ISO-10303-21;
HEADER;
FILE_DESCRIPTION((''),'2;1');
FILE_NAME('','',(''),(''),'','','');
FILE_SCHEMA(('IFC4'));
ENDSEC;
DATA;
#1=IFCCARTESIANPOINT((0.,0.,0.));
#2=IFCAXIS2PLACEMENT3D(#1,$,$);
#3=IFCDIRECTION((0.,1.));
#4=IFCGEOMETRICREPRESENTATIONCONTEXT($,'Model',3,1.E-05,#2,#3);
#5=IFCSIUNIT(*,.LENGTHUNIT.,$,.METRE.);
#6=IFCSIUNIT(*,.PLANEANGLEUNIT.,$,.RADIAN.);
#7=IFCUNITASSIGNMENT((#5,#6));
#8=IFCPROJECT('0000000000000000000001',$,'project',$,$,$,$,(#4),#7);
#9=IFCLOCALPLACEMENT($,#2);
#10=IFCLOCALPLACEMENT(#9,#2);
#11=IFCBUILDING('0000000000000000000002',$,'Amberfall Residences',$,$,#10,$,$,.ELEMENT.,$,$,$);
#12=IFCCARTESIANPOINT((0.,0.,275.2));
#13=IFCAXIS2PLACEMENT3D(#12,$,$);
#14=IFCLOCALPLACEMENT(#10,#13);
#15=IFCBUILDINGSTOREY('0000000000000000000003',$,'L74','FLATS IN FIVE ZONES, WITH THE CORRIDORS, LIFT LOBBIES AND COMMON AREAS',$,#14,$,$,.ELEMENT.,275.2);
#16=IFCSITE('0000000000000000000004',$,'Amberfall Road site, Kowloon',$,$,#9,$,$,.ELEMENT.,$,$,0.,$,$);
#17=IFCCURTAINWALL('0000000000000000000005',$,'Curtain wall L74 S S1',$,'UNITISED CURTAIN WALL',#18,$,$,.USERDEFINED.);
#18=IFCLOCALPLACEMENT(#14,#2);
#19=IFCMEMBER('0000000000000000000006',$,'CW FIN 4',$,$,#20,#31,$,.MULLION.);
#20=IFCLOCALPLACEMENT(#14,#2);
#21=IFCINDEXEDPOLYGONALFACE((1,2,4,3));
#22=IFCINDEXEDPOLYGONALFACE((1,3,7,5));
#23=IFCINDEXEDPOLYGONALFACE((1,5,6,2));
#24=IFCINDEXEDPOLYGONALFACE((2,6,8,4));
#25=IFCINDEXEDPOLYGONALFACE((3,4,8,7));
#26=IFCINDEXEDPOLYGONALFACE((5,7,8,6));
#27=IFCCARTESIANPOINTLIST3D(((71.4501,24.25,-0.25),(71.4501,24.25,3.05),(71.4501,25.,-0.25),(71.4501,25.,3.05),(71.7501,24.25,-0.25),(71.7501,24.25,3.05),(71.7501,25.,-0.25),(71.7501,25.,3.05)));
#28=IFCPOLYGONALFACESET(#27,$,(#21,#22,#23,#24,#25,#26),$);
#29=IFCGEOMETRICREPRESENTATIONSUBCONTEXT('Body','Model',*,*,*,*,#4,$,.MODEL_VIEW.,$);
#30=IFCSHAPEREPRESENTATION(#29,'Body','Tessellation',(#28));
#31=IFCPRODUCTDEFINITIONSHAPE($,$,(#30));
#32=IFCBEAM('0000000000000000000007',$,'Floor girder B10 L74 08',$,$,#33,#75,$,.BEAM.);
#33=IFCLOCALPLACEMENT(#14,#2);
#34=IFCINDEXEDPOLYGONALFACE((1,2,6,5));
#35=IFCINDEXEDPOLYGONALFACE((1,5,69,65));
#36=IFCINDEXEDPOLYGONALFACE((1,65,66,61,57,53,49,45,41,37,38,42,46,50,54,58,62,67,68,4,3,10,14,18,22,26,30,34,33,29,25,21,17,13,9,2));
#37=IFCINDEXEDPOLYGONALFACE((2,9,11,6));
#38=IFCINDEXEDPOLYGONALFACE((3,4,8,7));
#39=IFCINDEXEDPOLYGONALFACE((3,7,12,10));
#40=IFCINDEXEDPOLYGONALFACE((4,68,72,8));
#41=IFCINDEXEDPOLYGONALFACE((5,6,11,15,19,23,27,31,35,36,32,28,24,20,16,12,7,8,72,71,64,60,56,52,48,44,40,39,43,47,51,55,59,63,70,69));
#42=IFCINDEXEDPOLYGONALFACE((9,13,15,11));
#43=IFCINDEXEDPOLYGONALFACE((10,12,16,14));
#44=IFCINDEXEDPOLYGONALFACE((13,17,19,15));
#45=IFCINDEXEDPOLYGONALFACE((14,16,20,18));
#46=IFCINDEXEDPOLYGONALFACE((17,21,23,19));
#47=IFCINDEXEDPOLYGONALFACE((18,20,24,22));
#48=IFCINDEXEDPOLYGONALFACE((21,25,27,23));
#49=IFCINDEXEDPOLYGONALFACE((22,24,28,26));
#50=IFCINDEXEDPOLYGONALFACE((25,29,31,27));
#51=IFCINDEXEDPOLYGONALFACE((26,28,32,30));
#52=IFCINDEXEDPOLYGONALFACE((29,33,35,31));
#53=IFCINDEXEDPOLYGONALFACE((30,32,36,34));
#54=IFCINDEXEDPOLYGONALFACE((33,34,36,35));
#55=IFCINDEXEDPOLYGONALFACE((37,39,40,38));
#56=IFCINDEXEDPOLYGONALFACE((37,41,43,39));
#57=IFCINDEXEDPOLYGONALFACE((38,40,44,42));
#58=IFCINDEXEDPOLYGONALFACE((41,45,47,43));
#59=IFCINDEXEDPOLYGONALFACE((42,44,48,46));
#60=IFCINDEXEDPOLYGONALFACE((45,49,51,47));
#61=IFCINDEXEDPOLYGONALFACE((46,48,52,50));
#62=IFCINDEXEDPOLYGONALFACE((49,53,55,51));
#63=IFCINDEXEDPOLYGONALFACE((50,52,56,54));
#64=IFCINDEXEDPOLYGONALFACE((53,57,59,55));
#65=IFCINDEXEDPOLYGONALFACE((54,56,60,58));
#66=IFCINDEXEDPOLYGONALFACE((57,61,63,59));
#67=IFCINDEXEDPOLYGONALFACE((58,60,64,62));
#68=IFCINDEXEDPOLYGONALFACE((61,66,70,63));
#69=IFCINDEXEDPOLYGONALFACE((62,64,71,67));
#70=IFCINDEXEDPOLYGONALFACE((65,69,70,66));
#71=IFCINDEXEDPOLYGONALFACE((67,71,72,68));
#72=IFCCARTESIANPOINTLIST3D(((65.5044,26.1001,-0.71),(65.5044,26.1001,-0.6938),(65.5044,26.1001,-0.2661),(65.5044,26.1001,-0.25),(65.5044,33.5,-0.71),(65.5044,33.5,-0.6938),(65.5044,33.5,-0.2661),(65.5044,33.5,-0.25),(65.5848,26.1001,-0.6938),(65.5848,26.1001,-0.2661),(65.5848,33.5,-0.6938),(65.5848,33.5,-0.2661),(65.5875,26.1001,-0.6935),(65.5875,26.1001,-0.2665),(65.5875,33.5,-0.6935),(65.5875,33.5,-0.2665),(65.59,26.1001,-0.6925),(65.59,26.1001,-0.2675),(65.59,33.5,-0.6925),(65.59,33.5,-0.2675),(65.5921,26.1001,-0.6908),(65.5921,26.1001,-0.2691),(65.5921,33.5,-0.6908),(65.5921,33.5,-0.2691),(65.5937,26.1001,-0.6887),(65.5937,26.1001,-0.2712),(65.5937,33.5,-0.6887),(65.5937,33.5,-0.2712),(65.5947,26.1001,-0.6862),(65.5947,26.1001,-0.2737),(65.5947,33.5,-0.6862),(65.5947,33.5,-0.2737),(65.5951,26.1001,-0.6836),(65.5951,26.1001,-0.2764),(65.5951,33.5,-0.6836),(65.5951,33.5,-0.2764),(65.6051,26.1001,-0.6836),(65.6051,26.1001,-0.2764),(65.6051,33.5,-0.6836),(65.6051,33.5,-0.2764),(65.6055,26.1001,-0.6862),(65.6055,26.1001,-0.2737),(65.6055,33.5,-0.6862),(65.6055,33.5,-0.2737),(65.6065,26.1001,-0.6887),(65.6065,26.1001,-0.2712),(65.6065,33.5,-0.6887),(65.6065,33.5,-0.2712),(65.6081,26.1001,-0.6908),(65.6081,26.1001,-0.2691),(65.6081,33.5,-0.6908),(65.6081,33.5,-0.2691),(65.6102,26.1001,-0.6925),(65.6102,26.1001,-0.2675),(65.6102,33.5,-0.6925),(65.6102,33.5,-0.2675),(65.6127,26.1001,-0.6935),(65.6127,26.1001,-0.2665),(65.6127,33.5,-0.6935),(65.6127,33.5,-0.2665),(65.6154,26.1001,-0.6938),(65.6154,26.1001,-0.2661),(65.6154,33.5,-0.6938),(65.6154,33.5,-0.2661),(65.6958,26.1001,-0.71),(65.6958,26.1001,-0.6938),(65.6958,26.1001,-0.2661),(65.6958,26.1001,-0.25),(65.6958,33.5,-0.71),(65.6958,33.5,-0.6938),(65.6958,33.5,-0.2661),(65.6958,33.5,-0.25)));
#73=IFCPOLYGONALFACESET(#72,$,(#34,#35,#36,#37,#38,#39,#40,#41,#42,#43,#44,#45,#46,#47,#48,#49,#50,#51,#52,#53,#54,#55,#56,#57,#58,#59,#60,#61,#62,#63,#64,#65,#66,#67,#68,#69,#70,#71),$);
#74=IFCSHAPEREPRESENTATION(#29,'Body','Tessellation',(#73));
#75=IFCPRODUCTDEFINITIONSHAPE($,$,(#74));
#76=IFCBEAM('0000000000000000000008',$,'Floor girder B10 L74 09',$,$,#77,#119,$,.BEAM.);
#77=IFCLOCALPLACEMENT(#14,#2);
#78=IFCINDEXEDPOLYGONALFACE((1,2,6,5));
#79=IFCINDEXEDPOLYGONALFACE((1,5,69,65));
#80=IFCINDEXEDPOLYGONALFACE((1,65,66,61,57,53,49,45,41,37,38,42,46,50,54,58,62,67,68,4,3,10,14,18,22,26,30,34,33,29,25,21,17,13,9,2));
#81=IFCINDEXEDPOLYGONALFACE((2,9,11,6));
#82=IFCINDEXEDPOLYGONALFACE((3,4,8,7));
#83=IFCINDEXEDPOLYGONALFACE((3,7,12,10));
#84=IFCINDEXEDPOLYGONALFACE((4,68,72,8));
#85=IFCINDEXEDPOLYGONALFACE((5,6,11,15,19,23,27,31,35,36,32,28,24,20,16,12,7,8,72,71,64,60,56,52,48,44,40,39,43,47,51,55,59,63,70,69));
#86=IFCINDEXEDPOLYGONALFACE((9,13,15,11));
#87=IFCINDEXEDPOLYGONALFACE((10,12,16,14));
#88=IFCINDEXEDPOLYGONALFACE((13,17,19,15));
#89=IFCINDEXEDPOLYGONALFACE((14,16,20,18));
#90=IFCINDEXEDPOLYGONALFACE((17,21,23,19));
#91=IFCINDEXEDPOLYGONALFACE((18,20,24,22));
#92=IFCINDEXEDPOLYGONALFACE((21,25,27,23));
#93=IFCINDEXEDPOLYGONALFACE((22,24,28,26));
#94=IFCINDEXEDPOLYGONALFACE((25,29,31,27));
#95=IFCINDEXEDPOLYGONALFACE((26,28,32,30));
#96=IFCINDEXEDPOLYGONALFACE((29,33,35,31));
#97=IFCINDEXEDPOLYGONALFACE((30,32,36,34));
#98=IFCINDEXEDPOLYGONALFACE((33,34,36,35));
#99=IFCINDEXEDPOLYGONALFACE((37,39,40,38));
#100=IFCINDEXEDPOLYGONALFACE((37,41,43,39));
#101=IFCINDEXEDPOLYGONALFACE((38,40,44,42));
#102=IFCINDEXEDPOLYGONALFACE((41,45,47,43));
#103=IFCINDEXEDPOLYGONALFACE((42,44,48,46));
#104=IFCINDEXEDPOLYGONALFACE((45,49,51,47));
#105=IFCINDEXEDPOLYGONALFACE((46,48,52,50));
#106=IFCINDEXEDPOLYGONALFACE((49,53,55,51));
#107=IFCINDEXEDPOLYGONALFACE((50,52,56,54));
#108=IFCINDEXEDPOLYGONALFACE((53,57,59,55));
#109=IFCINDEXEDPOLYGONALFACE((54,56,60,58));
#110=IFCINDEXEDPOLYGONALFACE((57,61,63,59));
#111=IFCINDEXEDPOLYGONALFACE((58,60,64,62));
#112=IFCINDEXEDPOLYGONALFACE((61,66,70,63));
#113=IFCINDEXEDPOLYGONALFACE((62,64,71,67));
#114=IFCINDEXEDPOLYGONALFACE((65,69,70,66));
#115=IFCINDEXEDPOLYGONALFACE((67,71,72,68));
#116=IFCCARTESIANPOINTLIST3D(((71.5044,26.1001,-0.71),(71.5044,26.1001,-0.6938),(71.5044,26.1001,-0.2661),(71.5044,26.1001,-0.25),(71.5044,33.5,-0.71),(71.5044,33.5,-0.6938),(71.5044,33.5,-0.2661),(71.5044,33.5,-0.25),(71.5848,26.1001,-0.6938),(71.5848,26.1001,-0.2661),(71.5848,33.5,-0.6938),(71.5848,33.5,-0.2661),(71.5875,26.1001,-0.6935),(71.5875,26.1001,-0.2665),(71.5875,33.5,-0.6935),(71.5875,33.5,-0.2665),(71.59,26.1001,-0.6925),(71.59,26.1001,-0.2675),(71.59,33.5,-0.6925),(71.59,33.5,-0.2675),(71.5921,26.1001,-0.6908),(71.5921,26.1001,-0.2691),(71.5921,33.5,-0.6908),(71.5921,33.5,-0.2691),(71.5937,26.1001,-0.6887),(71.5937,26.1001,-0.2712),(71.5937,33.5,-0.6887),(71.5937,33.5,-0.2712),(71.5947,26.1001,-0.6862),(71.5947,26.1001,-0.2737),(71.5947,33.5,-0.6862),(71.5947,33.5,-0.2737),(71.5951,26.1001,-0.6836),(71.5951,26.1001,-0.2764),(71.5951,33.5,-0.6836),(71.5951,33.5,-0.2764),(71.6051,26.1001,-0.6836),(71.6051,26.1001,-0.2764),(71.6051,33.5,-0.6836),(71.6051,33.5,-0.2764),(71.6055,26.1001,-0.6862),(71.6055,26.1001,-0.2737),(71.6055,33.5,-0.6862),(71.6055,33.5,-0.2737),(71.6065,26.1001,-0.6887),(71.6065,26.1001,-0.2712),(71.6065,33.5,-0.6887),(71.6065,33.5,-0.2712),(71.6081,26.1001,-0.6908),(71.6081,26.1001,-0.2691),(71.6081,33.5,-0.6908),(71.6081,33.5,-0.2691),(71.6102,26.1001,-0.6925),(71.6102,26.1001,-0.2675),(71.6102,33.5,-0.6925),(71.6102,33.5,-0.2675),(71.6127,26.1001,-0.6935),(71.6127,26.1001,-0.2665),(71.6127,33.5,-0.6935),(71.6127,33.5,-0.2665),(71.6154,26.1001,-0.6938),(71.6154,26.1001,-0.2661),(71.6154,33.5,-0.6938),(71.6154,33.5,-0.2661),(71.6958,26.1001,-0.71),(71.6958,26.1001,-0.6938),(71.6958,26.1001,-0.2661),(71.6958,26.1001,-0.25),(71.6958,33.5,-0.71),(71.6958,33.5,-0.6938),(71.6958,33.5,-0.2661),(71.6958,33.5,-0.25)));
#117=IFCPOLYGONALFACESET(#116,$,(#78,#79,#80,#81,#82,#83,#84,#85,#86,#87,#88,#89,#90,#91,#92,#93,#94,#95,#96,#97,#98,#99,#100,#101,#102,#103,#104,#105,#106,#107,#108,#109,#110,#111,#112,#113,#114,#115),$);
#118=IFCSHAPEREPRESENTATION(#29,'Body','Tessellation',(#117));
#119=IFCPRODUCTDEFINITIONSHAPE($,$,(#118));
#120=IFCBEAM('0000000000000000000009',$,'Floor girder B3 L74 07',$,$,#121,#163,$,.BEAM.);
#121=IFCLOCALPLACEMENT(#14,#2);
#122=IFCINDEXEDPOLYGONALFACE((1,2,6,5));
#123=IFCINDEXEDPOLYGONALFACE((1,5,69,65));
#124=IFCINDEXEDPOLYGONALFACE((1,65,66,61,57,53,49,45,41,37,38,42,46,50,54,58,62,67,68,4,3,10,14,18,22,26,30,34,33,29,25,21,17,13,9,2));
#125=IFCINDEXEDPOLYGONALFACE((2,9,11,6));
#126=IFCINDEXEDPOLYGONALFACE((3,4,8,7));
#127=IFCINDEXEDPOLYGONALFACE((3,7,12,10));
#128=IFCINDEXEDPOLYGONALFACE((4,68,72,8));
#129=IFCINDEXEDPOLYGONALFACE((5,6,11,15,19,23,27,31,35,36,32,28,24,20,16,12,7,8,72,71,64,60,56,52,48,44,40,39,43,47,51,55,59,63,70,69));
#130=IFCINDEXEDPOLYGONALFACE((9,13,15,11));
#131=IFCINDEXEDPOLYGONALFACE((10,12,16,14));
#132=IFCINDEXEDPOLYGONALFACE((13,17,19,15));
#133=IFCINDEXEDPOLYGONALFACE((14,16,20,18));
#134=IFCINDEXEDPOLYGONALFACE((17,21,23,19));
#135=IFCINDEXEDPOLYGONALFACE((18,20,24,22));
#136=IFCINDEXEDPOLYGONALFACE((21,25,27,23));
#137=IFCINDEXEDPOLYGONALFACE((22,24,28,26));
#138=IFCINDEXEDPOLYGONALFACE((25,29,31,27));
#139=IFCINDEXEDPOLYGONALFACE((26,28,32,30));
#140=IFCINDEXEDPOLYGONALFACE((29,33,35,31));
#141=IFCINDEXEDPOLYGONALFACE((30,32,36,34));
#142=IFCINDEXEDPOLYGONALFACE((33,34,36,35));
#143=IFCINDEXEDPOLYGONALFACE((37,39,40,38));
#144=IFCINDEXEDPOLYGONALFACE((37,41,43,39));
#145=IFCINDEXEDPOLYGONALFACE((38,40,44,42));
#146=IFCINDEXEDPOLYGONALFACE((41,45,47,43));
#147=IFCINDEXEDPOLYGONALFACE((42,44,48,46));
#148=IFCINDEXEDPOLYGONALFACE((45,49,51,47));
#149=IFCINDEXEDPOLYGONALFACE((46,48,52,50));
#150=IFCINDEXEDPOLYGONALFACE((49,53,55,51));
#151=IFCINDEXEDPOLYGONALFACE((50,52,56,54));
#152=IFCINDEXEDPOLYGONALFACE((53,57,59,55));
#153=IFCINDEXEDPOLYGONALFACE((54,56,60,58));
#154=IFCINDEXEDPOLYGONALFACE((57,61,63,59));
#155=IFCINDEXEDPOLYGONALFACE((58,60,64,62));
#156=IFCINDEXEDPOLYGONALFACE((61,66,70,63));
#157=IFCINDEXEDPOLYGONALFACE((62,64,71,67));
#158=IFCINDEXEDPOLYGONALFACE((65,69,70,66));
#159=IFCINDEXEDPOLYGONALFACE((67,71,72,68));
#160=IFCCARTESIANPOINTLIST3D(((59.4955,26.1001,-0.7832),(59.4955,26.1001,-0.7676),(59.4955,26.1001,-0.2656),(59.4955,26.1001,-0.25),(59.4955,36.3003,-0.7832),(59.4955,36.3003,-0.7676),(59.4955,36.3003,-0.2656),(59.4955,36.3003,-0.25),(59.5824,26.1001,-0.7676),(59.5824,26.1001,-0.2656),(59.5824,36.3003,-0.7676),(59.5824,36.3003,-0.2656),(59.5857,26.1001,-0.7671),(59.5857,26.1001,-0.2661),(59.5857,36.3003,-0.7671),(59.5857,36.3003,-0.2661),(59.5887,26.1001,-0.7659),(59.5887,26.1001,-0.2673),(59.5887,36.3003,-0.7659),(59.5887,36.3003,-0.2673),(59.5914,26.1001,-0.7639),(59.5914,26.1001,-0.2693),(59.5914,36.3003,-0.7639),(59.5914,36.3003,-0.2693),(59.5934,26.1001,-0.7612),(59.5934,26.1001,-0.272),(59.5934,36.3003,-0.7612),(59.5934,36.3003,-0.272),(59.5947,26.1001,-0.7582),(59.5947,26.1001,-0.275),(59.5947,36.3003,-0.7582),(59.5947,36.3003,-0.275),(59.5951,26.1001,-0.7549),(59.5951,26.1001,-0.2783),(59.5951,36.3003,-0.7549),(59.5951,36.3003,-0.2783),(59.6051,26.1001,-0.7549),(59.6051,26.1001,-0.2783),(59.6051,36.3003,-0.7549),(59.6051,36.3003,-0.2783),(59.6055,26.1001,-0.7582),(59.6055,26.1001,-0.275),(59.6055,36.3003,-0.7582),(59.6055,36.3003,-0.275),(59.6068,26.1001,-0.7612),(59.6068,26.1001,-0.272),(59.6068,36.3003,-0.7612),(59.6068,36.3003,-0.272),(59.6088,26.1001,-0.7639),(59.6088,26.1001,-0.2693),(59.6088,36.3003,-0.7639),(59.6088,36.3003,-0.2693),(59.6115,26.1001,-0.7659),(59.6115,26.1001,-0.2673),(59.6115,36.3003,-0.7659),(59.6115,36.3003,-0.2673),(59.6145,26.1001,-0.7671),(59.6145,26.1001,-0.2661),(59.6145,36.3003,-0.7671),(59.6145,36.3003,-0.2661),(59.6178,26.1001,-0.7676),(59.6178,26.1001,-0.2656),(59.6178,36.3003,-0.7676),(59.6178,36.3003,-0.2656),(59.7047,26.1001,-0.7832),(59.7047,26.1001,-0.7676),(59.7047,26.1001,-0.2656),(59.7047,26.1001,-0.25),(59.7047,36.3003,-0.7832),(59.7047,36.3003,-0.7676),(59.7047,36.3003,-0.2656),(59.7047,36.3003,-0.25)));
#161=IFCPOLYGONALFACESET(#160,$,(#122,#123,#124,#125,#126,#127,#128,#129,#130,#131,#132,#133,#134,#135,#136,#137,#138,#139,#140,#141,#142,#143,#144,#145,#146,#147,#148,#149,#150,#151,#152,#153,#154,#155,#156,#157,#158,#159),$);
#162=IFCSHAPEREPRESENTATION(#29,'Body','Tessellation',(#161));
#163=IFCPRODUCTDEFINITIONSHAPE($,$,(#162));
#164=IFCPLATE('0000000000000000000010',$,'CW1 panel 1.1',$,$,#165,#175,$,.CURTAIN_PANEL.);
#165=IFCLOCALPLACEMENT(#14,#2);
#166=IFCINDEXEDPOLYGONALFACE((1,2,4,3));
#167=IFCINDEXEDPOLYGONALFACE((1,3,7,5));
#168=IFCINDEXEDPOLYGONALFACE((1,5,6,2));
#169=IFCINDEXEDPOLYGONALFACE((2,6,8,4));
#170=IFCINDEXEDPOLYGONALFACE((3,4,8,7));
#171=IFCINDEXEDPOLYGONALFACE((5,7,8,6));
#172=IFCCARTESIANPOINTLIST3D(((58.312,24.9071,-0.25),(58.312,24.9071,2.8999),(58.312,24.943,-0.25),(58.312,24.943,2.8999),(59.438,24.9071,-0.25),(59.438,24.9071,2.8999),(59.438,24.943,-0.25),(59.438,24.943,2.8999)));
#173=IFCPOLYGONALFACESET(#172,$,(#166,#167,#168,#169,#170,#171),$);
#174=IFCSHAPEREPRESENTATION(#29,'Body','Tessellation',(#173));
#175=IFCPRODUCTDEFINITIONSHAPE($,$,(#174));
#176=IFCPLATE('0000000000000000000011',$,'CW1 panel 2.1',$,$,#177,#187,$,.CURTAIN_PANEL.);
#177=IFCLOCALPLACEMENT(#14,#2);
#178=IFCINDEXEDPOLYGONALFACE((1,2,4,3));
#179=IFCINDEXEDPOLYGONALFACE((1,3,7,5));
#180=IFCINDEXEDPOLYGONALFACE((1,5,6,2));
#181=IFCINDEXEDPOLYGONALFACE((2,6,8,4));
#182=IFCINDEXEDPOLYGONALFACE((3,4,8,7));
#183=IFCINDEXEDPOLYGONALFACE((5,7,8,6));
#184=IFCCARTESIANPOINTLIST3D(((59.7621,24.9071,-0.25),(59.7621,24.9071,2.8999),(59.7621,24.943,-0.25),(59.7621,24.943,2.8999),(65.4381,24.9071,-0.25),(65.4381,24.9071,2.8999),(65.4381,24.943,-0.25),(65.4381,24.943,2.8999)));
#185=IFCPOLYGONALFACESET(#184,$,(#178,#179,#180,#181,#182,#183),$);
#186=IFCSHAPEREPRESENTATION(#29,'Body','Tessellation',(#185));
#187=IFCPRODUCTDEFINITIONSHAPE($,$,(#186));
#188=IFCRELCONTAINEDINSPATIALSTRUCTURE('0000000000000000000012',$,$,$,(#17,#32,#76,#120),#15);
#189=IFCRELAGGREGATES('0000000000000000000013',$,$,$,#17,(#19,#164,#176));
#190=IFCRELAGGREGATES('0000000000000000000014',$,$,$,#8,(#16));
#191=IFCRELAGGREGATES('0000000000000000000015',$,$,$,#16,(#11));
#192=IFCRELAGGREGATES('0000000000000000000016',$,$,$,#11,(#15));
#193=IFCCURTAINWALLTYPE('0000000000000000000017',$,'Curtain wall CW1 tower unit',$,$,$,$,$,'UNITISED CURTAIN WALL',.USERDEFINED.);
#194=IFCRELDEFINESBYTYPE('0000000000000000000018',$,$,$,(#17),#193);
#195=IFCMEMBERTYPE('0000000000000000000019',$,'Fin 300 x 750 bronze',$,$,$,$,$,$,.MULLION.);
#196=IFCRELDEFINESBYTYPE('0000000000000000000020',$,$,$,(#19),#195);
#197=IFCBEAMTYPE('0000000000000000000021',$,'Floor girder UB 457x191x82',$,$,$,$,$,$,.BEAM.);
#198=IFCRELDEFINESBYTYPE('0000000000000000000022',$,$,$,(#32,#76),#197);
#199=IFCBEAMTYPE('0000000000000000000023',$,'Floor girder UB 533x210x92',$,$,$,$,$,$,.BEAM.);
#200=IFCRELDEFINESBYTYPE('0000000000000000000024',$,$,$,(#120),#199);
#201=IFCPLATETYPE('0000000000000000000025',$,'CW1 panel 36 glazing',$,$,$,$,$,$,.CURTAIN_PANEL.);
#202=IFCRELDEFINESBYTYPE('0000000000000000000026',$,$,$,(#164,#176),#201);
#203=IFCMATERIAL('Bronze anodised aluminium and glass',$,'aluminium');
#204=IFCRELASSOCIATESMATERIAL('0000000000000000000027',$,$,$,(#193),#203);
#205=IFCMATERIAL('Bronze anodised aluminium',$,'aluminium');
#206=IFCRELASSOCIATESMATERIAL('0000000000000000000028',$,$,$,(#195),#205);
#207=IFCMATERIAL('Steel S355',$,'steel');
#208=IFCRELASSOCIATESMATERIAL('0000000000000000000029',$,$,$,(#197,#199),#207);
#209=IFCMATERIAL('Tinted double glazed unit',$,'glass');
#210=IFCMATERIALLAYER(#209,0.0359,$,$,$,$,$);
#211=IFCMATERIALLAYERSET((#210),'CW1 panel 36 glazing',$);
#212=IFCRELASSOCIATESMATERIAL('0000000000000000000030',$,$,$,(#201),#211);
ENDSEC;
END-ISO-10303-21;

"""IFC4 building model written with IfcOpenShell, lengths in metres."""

from ifc_helpers import new_model, si_unit, direction, frame, origin, origin_2d, place, context, subcontext, project, spatial, rectangle, i_section, extrude, material, layer, layer_set, material_profile, profile_set, type_object, element, aggregate, save


model = new_model("IFC4")

# Units and contexts
model_context = context("Model", 3, precision=1e-05, world=origin(), true_north=direction((0.0, 1.0)))
body_context = subcontext(model_context, "Body", "Model", "MODEL_VIEW")
ifc_project = project(units=[si_unit("LENGTHUNIT", "METRE"), si_unit("PLANEANGLEUNIT", "RADIAN")], contexts=[model_context])

# Site, building, storey
site_placement = place(None, origin())
site = spatial("IfcSite", under=ifc_project, at=site_placement, Name="Amberfall Road site, Kowloon", CompositionType="ELEMENT", RefElevation=0.0)
building_placement = place(site_placement, origin())
building = spatial("IfcBuilding", under=site, at=building_placement, Name="Amberfall Residences", CompositionType="ELEMENT")
storey_placement = place(building_placement, frame((0.0, 0.0, 275.2)))
storey = spatial("IfcBuildingStorey", under=building, at=storey_placement, Name="L74", Description="FLATS IN FIVE ZONES, WITH THE CORRIDORS, LIFT LOBBIES AND COMMON AREAS", CompositionType="ELEMENT", Elevation=275.2)

# Curtain wall
ifc_material_1 = material(Name="Bronze anodised aluminium and glass", Category="aluminium")
curtain_wall_type = type_object("IfcCurtainWallType", Name="Curtain wall CW1 tower unit", ElementType="UNITISED CURTAIN WALL", PredefinedType="USERDEFINED", material=ifc_material_1)
curtain_wall_placement = place(storey_placement, origin())
curtain_wall = element("IfcCurtainWall", 1, at=curtain_wall_placement, inside=storey, type_object=curtain_wall_type, Name="Curtain wall L74 S S1", ObjectType="UNITISED CURTAIN WALL", PredefinedType="USERDEFINED")
ifc_material_2 = material(Name="Bronze anodised aluminium", Category="aluminium")

# Shared definitions
ifc_material_3 = material(Name="Steel S355", Category="steel")

# Member
ifc_material_profile_1 = material_profile(ifc_material_2, rectangle(XDim=0.75, YDim=0.3, at=origin_2d()), Name="Fin 300 x 750 bronze")
ifc_profile_set_1 = profile_set([ifc_material_profile_1], Name="Bronze anodised aluminium")
member_type_1 = type_object("IfcMemberType", Name="Fin 300 x 750 bronze", PredefinedType="MULLION", material=ifc_profile_set_1)
member_1_placement = place(storey_placement, frame((71.6001, 24.625, -0.25), z_axis=(0.0, 0.0, 1.0), x_axis=(0.0, 1.0, 0.0)))
member_1 = element("IfcMember", 2, at=member_1_placement, type_object=member_type_1, Name="CW FIN 4", PredefinedType="MULLION", context=body_context, shape_type="SweptSolid", body=[
    extrude(rectangle(XDim=0.75, YDim=0.3, at=origin_2d()), origin(), (0.0, 0.0, 1.0), 3.3),
])

# Beams
ifc_material_profile_2 = material_profile(ifc_material_3, i_section(OverallWidth=0.1914, OverallDepth=0.46, WebThickness=0.01, FlangeThickness=0.0161, FilletRadius=0.0103, at=origin_2d()), Name="UB 457x191x82")
ifc_profile_set_2 = profile_set([ifc_material_profile_2], Name="Steel S355")
beam_type_1 = type_object("IfcBeamType", Name="Floor girder UB 457x191x82", PredefinedType="BEAM", material=ifc_profile_set_2)
for number, where, z_axis, x_axis, name in (
    (3, (65.6001, 26.1001, -0.48), (0.0, 1.0, 0.0), (-1.0, 0.0, 0.0), "Floor girder B10 L74 08"),
    (4, (71.6001, 26.1001, -0.48), (0.0, 1.0, 0.0), (-1.0, 0.0, 0.0), "Floor girder B10 L74 09"),
):
    element("IfcBeam", number, at=place(storey_placement, frame(where, z_axis=z_axis, x_axis=x_axis)), inside=storey, type_object=beam_type_1, Name=name, PredefinedType="BEAM", context=body_context, shape_type="SweptSolid", body=[
        extrude(i_section(OverallWidth=0.1914, OverallDepth=0.46, WebThickness=0.01, FlangeThickness=0.0161, FilletRadius=0.0103, at=origin_2d()), origin(), (0.0, 0.0, 1.0), 7.3999),
    ])
ifc_material_profile_3 = material_profile(ifc_material_3, i_section(OverallWidth=0.2092, OverallDepth=0.5332, WebThickness=0.01, FlangeThickness=0.0156, FilletRadius=0.0127, at=origin_2d()), Name="UB 533x210x92")
ifc_profile_set_3 = profile_set([ifc_material_profile_3], Name="Steel S355")
beam_type_2 = type_object("IfcBeamType", Name="Floor girder UB 533x210x92", PredefinedType="BEAM", material=ifc_profile_set_3)
beam_placement = place(storey_placement, frame((59.6001, 26.1001, -0.5166), z_axis=(0.0, 1.0, 0.0), x_axis=(-1.0, 0.0, 0.0)))
element("IfcBeam", 5, at=beam_placement, inside=storey, type_object=beam_type_2, Name="Floor girder B3 L74 07", PredefinedType="BEAM", context=body_context, shape_type="SweptSolid", body=[
    extrude(i_section(OverallWidth=0.2092, OverallDepth=0.5332, WebThickness=0.01, FlangeThickness=0.0156, FilletRadius=0.0127, at=origin_2d()), origin(), (0.0, 0.0, 1.0), 10.2002),
])

# Plates
ifc_material_4 = material(Name="Tinted double glazed unit", Category="glass")
ifc_layer_1 = layer(ifc_material_4, 0.0359)
ifc_layer_set_1 = layer_set([ifc_layer_1], Name="CW1 panel 36 glazing")
plate_type = type_object("IfcPlateType", Name="CW1 panel 36 glazing", PredefinedType="CURTAIN_PANEL", material=ifc_layer_set_1)
plate_1_placement = place(storey_placement, frame((58.875, 24.925, -0.25), z_axis=(0.0, 0.0, 1.0), x_axis=(1.0, 0.0, 0.0)))
plate_1 = element("IfcPlate", 6, at=plate_1_placement, type_object=plate_type, Name="CW1 panel 1.1", PredefinedType="CURTAIN_PANEL", context=body_context, shape_type="SweptSolid", body=[
    extrude(rectangle(XDim=1.126, YDim=0.0359, at=origin_2d()), origin(), (0.0, 0.0, 1.0), 3.1499),
])
plate_2_placement = place(storey_placement, frame((62.6001, 24.925, -0.25), z_axis=(0.0, 0.0, 1.0), x_axis=(1.0, 0.0, 0.0)))
plate_2 = element("IfcPlate", 7, at=plate_2_placement, type_object=plate_type, Name="CW1 panel 2.1", PredefinedType="CURTAIN_PANEL", context=body_context, shape_type="SweptSolid", body=[
    extrude(rectangle(XDim=5.676, YDim=0.0359, at=origin_2d()), origin(), (0.0, 0.0, 1.0), 3.1499),
])
aggregate(curtain_wall, [member_1, plate_1, plate_2])

save(model, "model.ifc")
